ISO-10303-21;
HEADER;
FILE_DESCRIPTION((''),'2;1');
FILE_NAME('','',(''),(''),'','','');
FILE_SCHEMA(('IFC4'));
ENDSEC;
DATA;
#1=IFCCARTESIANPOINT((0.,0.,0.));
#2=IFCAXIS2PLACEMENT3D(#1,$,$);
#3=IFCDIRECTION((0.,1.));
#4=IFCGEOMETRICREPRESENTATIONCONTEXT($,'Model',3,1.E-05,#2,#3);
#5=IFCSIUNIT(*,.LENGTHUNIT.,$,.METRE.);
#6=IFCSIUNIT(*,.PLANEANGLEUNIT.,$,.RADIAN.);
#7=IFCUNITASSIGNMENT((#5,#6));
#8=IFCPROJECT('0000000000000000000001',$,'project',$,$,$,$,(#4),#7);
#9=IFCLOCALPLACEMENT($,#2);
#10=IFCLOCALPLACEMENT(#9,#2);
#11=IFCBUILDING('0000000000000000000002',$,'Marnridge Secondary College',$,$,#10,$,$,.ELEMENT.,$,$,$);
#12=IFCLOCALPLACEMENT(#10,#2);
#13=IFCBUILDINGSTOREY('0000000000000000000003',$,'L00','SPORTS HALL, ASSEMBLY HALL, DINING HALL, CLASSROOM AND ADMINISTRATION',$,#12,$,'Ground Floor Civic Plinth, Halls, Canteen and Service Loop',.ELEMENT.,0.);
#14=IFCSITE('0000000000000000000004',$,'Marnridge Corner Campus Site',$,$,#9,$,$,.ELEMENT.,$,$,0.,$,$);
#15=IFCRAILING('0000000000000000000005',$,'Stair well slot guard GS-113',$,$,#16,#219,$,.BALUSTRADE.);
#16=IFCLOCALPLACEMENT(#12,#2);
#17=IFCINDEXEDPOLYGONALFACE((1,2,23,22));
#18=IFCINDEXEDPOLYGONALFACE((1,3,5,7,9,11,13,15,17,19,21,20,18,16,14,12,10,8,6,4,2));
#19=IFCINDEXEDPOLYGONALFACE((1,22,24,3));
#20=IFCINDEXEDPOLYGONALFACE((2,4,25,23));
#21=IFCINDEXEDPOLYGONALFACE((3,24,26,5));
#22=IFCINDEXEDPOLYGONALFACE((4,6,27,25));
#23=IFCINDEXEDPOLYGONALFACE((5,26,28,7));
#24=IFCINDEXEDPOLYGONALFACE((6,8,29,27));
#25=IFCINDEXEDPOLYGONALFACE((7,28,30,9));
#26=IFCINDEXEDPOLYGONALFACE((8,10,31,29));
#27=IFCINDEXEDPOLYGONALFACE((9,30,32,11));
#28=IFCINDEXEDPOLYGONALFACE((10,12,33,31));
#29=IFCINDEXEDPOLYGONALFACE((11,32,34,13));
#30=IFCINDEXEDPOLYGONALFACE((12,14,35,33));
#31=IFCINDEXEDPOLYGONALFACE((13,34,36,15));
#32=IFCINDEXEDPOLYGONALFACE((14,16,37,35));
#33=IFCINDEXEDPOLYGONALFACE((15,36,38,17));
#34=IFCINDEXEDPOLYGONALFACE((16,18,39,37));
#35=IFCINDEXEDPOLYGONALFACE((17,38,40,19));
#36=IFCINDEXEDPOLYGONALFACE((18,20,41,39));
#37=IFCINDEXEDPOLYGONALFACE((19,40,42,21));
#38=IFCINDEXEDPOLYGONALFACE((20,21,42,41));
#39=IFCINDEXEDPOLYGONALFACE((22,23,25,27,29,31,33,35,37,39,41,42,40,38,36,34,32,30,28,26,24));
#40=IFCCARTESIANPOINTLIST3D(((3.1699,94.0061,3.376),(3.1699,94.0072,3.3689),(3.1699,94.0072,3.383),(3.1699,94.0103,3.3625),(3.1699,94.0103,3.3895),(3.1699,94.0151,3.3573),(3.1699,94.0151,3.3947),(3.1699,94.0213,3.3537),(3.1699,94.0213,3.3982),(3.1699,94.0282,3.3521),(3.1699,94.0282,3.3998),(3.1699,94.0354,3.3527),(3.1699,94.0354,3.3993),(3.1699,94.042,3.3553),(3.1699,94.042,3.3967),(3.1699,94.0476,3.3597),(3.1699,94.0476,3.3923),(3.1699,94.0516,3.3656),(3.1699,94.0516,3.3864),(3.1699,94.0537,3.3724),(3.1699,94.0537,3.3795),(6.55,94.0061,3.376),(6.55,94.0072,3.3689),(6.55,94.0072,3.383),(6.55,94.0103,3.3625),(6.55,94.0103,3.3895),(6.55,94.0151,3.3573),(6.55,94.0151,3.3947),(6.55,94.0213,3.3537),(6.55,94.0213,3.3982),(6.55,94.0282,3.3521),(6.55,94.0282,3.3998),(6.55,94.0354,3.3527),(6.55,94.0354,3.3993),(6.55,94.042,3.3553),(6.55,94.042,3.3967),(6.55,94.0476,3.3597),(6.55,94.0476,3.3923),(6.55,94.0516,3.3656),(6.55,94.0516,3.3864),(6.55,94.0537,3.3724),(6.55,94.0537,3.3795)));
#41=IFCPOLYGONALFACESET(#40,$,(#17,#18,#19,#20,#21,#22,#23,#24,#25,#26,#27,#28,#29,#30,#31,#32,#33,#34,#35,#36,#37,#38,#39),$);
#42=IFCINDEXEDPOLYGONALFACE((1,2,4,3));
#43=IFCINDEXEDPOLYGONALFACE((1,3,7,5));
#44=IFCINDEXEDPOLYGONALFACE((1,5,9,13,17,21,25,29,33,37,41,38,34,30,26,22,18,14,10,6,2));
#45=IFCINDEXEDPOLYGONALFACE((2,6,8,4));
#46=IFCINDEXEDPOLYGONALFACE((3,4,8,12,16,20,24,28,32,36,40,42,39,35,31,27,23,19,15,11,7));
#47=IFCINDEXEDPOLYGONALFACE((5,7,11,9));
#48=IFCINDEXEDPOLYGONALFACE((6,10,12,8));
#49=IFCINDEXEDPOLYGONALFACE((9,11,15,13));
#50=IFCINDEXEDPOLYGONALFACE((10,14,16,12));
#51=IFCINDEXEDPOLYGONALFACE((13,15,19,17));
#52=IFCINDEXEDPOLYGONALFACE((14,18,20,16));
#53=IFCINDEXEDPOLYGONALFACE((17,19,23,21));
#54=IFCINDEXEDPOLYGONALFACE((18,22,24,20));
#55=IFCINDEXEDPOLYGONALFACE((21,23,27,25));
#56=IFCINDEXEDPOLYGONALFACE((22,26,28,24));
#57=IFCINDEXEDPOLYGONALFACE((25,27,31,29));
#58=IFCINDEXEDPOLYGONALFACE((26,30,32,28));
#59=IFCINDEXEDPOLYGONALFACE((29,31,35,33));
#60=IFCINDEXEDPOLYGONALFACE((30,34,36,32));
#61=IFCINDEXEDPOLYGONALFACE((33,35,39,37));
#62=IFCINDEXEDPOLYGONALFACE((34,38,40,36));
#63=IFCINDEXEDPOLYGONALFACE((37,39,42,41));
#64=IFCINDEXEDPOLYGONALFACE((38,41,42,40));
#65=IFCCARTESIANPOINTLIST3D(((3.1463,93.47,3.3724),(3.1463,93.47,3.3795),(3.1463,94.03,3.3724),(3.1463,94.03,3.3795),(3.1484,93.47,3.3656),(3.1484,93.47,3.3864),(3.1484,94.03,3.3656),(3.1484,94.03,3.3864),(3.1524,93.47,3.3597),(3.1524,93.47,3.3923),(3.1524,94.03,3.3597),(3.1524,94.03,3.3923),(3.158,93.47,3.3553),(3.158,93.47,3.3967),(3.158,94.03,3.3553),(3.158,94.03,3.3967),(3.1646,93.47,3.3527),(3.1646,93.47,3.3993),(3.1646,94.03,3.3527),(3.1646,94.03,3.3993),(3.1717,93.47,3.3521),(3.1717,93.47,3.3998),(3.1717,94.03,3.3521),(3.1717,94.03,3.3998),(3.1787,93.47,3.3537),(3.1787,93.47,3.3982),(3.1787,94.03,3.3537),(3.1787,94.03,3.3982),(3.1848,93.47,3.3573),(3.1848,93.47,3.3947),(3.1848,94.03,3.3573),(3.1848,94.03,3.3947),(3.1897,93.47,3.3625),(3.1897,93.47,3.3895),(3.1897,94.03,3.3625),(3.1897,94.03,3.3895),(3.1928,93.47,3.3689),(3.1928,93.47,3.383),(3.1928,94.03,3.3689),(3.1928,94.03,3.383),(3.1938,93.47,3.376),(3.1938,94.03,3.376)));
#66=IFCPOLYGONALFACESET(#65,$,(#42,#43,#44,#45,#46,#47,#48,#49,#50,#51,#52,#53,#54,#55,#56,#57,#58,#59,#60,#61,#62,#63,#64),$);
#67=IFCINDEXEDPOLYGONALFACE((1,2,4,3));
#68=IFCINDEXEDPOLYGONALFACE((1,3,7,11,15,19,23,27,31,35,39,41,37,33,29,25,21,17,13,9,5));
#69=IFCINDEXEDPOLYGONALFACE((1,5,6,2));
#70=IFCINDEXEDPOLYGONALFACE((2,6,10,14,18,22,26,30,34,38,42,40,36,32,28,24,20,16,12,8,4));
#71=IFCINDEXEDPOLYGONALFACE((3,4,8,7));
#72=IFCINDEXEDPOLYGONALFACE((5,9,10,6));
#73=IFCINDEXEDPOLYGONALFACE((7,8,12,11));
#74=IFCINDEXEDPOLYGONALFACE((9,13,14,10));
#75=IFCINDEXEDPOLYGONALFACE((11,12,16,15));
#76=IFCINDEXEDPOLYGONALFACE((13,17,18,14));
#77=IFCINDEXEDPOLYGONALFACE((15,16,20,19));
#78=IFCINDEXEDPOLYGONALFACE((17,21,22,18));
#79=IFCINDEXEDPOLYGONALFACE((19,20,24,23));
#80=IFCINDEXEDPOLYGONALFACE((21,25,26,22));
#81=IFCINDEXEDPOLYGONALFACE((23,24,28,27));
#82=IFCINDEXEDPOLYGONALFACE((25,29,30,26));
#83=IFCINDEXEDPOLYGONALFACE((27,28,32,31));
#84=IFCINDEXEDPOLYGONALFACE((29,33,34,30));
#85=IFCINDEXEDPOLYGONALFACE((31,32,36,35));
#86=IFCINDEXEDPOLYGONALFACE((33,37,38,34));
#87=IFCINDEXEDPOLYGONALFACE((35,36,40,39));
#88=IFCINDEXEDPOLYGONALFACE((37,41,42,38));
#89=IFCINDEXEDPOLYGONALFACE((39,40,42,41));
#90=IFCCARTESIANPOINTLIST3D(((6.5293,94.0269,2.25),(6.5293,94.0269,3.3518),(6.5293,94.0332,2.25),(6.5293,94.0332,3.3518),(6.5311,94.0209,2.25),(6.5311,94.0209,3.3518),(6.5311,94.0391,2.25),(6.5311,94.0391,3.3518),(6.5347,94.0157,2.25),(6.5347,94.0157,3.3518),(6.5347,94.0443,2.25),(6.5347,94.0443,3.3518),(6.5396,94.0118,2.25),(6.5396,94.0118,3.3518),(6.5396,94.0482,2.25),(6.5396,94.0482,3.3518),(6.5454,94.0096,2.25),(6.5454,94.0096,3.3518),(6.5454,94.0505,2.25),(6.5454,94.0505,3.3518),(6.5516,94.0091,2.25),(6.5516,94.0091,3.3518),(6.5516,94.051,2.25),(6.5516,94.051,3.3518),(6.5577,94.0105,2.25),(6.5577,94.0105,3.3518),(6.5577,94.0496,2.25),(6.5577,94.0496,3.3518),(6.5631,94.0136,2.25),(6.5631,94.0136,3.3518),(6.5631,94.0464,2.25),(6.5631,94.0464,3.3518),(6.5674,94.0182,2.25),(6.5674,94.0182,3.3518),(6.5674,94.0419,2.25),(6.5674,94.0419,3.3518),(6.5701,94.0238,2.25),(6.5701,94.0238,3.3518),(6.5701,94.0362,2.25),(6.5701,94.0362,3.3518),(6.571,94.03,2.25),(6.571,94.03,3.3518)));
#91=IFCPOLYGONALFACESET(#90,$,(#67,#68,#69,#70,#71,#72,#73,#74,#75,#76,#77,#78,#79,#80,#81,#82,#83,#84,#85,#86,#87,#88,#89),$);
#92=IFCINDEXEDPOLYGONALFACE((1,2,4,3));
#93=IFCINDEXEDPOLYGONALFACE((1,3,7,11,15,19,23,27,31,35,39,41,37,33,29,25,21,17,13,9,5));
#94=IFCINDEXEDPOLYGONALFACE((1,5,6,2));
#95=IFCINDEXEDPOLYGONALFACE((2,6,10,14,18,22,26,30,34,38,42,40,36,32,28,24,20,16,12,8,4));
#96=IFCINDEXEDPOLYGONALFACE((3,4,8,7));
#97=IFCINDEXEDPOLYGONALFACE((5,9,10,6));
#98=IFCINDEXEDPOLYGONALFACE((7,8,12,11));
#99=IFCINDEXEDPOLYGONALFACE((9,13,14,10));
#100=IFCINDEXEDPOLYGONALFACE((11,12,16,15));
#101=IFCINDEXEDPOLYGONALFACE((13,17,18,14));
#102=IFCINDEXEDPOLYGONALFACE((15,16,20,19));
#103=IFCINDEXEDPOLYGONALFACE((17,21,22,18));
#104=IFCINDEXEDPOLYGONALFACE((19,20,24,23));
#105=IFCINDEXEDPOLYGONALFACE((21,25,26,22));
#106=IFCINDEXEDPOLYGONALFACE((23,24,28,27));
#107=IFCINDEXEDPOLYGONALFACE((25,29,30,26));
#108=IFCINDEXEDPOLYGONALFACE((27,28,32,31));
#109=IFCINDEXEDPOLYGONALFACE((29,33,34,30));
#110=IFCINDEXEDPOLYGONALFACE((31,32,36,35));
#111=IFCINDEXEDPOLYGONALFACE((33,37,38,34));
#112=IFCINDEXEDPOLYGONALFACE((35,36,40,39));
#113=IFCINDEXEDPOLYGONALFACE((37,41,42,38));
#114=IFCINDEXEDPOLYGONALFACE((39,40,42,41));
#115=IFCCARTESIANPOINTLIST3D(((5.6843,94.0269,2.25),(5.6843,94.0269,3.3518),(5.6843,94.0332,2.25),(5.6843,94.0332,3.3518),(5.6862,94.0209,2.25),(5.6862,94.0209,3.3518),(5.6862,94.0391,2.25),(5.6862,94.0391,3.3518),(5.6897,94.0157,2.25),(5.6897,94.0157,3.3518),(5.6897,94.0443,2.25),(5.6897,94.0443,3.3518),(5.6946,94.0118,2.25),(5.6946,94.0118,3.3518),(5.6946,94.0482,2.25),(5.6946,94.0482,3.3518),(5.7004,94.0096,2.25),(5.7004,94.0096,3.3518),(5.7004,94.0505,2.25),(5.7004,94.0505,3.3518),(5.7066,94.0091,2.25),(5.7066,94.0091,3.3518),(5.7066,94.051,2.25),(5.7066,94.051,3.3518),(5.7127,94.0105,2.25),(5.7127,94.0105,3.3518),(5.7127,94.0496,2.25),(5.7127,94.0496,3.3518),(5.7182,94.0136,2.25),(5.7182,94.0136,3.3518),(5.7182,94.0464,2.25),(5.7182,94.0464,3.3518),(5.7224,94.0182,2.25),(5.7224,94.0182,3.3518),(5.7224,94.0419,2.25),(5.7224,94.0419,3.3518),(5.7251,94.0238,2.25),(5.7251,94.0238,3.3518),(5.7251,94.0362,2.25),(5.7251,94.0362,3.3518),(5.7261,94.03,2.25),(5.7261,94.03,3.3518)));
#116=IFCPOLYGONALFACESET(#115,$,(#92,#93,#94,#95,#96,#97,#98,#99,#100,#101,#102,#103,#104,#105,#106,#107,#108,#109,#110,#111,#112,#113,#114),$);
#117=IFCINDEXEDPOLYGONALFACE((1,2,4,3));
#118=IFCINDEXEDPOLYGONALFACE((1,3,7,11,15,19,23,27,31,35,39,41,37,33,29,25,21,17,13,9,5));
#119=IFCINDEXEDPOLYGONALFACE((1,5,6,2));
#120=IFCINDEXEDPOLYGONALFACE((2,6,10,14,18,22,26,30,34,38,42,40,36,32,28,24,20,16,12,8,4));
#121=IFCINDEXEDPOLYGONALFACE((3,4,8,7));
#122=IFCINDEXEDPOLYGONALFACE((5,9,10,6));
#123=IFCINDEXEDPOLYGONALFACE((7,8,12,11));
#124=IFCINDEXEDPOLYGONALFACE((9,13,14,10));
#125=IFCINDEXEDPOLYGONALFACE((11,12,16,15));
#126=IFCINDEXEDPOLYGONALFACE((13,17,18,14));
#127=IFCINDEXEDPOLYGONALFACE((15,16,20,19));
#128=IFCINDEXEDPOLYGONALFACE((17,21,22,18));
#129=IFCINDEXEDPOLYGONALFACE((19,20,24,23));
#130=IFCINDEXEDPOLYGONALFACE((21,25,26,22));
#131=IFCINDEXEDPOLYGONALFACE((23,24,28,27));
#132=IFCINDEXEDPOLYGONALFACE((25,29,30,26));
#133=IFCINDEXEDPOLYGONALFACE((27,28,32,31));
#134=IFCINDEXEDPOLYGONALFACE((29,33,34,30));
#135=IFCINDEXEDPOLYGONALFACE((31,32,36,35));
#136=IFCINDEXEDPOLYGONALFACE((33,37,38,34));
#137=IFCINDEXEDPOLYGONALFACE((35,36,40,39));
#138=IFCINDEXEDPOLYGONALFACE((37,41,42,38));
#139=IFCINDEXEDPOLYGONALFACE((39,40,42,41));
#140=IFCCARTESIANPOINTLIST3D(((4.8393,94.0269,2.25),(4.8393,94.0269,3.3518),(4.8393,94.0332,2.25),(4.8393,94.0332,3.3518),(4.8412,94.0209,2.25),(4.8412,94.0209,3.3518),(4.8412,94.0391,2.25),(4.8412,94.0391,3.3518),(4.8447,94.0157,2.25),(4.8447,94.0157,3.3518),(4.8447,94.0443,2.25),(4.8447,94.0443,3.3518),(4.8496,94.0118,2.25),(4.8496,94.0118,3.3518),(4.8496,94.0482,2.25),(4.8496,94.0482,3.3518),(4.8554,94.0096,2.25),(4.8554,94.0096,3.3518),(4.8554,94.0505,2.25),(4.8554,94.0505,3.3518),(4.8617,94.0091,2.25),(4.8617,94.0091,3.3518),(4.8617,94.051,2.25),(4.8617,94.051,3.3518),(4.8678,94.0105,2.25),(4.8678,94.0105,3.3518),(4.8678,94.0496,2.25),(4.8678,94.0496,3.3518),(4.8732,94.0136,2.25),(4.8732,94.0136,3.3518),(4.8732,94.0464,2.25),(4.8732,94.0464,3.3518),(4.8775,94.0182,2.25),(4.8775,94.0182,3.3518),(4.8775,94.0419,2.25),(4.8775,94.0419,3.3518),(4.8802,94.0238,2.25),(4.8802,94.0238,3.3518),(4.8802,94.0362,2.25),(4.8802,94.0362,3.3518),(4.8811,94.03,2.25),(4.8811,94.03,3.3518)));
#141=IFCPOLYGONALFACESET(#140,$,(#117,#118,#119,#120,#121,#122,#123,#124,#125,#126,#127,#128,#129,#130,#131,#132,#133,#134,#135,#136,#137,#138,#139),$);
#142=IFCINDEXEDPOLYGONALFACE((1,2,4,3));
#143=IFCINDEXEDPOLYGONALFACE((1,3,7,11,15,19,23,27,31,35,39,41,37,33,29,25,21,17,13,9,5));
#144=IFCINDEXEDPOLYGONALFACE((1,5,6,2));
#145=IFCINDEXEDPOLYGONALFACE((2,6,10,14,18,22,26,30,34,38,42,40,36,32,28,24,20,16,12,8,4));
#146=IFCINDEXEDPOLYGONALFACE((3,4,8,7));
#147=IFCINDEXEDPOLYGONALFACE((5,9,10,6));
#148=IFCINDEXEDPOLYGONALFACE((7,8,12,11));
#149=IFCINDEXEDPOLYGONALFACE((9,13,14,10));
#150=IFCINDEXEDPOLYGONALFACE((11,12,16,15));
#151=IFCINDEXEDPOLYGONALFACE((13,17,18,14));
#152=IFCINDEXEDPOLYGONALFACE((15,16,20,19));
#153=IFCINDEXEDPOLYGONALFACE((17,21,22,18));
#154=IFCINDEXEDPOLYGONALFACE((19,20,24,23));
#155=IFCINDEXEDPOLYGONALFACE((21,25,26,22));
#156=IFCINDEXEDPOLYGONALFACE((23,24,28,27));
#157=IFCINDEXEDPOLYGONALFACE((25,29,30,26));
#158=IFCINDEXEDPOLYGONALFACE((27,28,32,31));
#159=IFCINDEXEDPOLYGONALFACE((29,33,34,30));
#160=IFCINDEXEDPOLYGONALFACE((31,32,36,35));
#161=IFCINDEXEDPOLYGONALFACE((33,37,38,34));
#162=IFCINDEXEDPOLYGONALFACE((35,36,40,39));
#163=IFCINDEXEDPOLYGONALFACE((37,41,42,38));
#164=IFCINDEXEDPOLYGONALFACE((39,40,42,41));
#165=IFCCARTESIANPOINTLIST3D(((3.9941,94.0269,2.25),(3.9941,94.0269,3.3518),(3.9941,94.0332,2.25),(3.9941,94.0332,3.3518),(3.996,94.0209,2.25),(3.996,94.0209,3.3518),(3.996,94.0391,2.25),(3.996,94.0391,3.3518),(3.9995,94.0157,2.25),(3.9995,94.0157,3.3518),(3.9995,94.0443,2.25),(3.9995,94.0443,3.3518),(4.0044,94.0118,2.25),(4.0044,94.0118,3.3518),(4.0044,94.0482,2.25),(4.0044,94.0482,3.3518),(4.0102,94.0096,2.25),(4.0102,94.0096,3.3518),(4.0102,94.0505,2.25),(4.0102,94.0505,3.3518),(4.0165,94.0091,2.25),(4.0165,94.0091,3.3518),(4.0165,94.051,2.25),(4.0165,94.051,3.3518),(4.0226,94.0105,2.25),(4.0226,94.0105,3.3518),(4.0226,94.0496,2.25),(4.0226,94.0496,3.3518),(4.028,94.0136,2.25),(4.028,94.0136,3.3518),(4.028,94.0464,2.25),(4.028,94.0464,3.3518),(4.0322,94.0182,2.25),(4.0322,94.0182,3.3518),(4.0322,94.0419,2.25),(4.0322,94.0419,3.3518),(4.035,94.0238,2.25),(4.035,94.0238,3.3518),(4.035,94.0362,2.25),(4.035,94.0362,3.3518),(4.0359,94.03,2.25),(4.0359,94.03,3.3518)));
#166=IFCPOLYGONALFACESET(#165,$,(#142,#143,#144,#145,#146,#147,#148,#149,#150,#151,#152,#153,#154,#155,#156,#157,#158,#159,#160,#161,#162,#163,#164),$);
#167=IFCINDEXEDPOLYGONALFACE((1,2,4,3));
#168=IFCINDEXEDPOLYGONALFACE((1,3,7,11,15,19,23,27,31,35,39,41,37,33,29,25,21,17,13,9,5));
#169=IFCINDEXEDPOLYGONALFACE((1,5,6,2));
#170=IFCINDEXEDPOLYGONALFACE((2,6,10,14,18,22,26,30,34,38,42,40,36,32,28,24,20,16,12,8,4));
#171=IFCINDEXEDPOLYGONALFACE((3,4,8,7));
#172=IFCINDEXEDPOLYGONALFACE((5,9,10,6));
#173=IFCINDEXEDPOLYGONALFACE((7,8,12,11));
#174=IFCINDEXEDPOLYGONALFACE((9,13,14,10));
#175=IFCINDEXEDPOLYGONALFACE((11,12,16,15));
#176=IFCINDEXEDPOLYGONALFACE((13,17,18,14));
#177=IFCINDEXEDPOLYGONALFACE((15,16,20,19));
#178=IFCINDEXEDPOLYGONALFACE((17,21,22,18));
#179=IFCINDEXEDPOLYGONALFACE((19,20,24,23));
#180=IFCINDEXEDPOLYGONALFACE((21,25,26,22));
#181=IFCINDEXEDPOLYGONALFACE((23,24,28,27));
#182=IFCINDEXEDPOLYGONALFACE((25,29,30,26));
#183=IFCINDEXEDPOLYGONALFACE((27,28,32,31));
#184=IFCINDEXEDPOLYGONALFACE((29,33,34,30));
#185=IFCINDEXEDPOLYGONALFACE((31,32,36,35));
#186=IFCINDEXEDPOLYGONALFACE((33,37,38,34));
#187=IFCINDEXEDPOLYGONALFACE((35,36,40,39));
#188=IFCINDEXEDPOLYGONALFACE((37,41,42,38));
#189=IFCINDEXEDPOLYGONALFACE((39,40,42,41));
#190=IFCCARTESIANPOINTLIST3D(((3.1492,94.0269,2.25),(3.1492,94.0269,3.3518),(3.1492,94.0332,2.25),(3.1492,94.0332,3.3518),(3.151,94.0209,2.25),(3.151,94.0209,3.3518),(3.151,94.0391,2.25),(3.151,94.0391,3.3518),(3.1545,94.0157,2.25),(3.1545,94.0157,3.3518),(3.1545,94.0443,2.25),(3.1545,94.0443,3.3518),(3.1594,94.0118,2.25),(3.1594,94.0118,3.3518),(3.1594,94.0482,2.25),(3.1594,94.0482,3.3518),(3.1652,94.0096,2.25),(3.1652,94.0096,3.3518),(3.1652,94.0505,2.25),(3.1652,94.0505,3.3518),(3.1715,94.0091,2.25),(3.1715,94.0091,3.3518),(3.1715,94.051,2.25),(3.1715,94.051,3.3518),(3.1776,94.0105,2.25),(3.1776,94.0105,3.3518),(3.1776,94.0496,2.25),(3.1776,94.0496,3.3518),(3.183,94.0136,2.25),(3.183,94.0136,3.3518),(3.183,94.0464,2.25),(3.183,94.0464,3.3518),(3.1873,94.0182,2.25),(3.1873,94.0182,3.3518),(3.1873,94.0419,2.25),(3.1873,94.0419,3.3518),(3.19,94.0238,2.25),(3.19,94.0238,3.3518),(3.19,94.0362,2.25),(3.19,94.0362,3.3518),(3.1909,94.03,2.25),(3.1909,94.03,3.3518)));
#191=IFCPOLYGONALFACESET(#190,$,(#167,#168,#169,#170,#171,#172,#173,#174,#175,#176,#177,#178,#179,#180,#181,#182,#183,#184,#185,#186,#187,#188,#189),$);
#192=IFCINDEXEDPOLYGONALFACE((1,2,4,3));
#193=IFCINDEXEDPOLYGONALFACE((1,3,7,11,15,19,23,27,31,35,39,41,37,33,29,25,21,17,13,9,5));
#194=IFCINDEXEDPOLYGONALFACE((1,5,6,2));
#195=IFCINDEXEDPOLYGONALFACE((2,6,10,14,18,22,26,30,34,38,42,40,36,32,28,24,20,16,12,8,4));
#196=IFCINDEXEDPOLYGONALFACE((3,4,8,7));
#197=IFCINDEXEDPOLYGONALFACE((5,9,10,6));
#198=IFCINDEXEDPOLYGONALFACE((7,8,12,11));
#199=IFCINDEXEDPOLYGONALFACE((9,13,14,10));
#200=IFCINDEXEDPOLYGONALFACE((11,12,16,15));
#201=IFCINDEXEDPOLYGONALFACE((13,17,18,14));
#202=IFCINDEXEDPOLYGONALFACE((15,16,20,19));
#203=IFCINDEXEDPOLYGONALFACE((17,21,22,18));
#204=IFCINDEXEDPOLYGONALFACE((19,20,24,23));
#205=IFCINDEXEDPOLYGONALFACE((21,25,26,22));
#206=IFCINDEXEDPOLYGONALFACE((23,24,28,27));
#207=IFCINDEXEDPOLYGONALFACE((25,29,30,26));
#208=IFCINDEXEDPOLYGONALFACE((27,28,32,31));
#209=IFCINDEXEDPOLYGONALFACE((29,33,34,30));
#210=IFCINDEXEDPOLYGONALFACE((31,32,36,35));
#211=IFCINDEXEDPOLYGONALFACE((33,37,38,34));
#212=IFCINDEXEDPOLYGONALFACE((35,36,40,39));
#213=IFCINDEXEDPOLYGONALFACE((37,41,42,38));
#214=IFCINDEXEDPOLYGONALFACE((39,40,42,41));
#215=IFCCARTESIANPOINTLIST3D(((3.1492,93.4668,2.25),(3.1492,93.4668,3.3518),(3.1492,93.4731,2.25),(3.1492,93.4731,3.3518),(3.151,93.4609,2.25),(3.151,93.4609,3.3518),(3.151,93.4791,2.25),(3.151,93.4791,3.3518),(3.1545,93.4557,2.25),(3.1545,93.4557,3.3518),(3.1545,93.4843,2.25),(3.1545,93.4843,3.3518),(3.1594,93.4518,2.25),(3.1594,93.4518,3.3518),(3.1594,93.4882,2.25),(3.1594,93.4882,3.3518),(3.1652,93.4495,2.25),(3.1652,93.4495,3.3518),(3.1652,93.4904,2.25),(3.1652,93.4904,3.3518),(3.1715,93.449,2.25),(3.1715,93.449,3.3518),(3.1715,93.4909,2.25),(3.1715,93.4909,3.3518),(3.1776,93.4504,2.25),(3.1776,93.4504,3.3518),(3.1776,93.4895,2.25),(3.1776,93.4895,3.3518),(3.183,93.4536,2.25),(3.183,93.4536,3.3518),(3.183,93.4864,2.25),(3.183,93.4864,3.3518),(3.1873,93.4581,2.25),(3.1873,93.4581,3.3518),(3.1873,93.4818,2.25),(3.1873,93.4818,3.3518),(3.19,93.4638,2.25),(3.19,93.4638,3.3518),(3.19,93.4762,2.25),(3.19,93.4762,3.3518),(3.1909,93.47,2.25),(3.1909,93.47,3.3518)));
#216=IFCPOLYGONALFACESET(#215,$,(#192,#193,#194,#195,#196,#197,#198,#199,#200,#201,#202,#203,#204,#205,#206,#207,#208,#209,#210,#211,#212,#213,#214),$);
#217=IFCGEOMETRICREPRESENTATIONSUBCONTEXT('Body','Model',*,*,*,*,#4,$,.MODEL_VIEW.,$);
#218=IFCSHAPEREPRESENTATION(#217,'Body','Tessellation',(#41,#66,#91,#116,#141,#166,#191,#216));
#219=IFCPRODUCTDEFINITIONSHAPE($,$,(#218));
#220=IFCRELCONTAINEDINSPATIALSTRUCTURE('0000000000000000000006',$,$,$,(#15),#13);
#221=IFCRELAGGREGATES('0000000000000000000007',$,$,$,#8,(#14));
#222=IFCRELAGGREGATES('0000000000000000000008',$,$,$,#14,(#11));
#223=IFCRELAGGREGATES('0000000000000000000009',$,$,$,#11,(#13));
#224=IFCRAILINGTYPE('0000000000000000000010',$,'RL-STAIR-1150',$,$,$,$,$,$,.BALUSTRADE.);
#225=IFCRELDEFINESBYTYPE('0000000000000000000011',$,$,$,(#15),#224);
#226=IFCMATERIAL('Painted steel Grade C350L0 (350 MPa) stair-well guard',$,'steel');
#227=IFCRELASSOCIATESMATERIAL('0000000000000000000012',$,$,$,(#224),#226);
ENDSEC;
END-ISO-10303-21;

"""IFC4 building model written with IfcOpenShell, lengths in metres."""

from ifc_helpers import new_model, si_unit, direction, frame, origin, origin_2d, place, context, subcontext, project, spatial, circle, extrude, material, type_object, element, save


model = new_model("IFC4")

# Units and contexts
model_context = context("Model", 3, precision=1e-05, world=origin(), true_north=direction((0.0, 1.0)))
body_context = subcontext(model_context, "Body", "Model", "MODEL_VIEW")
ifc_project = project(units=[si_unit("LENGTHUNIT", "METRE"), si_unit("PLANEANGLEUNIT", "RADIAN")], contexts=[model_context])

# Site, building, storey
site_placement = place(None, origin())
site = spatial("IfcSite", under=ifc_project, at=site_placement, Name="Marnridge Corner Campus Site", CompositionType="ELEMENT", RefElevation=0.0)
building_placement = place(site_placement, origin())
building = spatial("IfcBuilding", under=site, at=building_placement, Name="Marnridge Secondary College", CompositionType="ELEMENT")
storey_placement = place(building_placement, origin())
storey = spatial("IfcBuildingStorey", under=building, at=storey_placement, Name="L00", Description="SPORTS HALL, ASSEMBLY HALL, DINING HALL, CLASSROOM AND ADMINISTRATION", LongName="Ground Floor Civic Plinth, Halls, Canteen and Service Loop", CompositionType="ELEMENT", Elevation=0.0)

# Railing
ifc_material_1 = material(Name="Painted steel Grade C350L0 (350 MPa) stair-well guard", Category="steel")
railing_type_1 = type_object("IfcRailingType", Name="RL-STAIR-1150", PredefinedType="BALUSTRADE", material=ifc_material_1)
railing_1_placement = place(storey_placement, frame((6.55, 94.03, 2.25)))
element("IfcRailing", 1, at=railing_1_placement, inside=storey, type_object=railing_type_1, Name="Stair well slot guard GS-113", PredefinedType="BALUSTRADE", context=body_context, shape_type="SweptSolid", body=[
    extrude(circle(Radius=0.0239, at=origin_2d()), frame((0.0, 0.0, 1.126), z_axis=(-1.0, 0.0, 0.0), x_axis=(0.0, -1.0, 0.0)), (0.0, 0.0, 1.0), 3.3801),
    extrude(circle(Radius=0.0239, at=origin_2d()), frame((-3.3801, 0.0, 1.126), z_axis=(0.0, -1.0, 0.0), x_axis=(1.0, 0.0, 0.0)), (0.0, 0.0, 1.0), 0.5601),
    extrude(circle(Radius=0.021, at=origin_2d()), origin(), (0.0, 0.0, 1.0), 1.1018),
    extrude(circle(Radius=0.021, at=origin_2d()), frame((-0.845, 0.0, 0.0)), (0.0, 0.0, 1.0), 1.1018),
    extrude(circle(Radius=0.021, at=origin_2d()), frame((-1.6899, 0.0, 0.0)), (0.0, 0.0, 1.0), 1.1018),
    extrude(circle(Radius=0.021, at=origin_2d()), frame((-2.5352, 0.0, 0.0)), (0.0, 0.0, 1.0), 1.1018),
    extrude(circle(Radius=0.021, at=origin_2d()), frame((-3.3801, 0.0, 0.0)), (0.0, 0.0, 1.0), 1.1018),
    extrude(circle(Radius=0.021, at=origin_2d()), frame((-3.3801, -0.5601, 0.0)), (0.0, 0.0, 1.0), 1.1018),
])

save(model, "model.ifc")
